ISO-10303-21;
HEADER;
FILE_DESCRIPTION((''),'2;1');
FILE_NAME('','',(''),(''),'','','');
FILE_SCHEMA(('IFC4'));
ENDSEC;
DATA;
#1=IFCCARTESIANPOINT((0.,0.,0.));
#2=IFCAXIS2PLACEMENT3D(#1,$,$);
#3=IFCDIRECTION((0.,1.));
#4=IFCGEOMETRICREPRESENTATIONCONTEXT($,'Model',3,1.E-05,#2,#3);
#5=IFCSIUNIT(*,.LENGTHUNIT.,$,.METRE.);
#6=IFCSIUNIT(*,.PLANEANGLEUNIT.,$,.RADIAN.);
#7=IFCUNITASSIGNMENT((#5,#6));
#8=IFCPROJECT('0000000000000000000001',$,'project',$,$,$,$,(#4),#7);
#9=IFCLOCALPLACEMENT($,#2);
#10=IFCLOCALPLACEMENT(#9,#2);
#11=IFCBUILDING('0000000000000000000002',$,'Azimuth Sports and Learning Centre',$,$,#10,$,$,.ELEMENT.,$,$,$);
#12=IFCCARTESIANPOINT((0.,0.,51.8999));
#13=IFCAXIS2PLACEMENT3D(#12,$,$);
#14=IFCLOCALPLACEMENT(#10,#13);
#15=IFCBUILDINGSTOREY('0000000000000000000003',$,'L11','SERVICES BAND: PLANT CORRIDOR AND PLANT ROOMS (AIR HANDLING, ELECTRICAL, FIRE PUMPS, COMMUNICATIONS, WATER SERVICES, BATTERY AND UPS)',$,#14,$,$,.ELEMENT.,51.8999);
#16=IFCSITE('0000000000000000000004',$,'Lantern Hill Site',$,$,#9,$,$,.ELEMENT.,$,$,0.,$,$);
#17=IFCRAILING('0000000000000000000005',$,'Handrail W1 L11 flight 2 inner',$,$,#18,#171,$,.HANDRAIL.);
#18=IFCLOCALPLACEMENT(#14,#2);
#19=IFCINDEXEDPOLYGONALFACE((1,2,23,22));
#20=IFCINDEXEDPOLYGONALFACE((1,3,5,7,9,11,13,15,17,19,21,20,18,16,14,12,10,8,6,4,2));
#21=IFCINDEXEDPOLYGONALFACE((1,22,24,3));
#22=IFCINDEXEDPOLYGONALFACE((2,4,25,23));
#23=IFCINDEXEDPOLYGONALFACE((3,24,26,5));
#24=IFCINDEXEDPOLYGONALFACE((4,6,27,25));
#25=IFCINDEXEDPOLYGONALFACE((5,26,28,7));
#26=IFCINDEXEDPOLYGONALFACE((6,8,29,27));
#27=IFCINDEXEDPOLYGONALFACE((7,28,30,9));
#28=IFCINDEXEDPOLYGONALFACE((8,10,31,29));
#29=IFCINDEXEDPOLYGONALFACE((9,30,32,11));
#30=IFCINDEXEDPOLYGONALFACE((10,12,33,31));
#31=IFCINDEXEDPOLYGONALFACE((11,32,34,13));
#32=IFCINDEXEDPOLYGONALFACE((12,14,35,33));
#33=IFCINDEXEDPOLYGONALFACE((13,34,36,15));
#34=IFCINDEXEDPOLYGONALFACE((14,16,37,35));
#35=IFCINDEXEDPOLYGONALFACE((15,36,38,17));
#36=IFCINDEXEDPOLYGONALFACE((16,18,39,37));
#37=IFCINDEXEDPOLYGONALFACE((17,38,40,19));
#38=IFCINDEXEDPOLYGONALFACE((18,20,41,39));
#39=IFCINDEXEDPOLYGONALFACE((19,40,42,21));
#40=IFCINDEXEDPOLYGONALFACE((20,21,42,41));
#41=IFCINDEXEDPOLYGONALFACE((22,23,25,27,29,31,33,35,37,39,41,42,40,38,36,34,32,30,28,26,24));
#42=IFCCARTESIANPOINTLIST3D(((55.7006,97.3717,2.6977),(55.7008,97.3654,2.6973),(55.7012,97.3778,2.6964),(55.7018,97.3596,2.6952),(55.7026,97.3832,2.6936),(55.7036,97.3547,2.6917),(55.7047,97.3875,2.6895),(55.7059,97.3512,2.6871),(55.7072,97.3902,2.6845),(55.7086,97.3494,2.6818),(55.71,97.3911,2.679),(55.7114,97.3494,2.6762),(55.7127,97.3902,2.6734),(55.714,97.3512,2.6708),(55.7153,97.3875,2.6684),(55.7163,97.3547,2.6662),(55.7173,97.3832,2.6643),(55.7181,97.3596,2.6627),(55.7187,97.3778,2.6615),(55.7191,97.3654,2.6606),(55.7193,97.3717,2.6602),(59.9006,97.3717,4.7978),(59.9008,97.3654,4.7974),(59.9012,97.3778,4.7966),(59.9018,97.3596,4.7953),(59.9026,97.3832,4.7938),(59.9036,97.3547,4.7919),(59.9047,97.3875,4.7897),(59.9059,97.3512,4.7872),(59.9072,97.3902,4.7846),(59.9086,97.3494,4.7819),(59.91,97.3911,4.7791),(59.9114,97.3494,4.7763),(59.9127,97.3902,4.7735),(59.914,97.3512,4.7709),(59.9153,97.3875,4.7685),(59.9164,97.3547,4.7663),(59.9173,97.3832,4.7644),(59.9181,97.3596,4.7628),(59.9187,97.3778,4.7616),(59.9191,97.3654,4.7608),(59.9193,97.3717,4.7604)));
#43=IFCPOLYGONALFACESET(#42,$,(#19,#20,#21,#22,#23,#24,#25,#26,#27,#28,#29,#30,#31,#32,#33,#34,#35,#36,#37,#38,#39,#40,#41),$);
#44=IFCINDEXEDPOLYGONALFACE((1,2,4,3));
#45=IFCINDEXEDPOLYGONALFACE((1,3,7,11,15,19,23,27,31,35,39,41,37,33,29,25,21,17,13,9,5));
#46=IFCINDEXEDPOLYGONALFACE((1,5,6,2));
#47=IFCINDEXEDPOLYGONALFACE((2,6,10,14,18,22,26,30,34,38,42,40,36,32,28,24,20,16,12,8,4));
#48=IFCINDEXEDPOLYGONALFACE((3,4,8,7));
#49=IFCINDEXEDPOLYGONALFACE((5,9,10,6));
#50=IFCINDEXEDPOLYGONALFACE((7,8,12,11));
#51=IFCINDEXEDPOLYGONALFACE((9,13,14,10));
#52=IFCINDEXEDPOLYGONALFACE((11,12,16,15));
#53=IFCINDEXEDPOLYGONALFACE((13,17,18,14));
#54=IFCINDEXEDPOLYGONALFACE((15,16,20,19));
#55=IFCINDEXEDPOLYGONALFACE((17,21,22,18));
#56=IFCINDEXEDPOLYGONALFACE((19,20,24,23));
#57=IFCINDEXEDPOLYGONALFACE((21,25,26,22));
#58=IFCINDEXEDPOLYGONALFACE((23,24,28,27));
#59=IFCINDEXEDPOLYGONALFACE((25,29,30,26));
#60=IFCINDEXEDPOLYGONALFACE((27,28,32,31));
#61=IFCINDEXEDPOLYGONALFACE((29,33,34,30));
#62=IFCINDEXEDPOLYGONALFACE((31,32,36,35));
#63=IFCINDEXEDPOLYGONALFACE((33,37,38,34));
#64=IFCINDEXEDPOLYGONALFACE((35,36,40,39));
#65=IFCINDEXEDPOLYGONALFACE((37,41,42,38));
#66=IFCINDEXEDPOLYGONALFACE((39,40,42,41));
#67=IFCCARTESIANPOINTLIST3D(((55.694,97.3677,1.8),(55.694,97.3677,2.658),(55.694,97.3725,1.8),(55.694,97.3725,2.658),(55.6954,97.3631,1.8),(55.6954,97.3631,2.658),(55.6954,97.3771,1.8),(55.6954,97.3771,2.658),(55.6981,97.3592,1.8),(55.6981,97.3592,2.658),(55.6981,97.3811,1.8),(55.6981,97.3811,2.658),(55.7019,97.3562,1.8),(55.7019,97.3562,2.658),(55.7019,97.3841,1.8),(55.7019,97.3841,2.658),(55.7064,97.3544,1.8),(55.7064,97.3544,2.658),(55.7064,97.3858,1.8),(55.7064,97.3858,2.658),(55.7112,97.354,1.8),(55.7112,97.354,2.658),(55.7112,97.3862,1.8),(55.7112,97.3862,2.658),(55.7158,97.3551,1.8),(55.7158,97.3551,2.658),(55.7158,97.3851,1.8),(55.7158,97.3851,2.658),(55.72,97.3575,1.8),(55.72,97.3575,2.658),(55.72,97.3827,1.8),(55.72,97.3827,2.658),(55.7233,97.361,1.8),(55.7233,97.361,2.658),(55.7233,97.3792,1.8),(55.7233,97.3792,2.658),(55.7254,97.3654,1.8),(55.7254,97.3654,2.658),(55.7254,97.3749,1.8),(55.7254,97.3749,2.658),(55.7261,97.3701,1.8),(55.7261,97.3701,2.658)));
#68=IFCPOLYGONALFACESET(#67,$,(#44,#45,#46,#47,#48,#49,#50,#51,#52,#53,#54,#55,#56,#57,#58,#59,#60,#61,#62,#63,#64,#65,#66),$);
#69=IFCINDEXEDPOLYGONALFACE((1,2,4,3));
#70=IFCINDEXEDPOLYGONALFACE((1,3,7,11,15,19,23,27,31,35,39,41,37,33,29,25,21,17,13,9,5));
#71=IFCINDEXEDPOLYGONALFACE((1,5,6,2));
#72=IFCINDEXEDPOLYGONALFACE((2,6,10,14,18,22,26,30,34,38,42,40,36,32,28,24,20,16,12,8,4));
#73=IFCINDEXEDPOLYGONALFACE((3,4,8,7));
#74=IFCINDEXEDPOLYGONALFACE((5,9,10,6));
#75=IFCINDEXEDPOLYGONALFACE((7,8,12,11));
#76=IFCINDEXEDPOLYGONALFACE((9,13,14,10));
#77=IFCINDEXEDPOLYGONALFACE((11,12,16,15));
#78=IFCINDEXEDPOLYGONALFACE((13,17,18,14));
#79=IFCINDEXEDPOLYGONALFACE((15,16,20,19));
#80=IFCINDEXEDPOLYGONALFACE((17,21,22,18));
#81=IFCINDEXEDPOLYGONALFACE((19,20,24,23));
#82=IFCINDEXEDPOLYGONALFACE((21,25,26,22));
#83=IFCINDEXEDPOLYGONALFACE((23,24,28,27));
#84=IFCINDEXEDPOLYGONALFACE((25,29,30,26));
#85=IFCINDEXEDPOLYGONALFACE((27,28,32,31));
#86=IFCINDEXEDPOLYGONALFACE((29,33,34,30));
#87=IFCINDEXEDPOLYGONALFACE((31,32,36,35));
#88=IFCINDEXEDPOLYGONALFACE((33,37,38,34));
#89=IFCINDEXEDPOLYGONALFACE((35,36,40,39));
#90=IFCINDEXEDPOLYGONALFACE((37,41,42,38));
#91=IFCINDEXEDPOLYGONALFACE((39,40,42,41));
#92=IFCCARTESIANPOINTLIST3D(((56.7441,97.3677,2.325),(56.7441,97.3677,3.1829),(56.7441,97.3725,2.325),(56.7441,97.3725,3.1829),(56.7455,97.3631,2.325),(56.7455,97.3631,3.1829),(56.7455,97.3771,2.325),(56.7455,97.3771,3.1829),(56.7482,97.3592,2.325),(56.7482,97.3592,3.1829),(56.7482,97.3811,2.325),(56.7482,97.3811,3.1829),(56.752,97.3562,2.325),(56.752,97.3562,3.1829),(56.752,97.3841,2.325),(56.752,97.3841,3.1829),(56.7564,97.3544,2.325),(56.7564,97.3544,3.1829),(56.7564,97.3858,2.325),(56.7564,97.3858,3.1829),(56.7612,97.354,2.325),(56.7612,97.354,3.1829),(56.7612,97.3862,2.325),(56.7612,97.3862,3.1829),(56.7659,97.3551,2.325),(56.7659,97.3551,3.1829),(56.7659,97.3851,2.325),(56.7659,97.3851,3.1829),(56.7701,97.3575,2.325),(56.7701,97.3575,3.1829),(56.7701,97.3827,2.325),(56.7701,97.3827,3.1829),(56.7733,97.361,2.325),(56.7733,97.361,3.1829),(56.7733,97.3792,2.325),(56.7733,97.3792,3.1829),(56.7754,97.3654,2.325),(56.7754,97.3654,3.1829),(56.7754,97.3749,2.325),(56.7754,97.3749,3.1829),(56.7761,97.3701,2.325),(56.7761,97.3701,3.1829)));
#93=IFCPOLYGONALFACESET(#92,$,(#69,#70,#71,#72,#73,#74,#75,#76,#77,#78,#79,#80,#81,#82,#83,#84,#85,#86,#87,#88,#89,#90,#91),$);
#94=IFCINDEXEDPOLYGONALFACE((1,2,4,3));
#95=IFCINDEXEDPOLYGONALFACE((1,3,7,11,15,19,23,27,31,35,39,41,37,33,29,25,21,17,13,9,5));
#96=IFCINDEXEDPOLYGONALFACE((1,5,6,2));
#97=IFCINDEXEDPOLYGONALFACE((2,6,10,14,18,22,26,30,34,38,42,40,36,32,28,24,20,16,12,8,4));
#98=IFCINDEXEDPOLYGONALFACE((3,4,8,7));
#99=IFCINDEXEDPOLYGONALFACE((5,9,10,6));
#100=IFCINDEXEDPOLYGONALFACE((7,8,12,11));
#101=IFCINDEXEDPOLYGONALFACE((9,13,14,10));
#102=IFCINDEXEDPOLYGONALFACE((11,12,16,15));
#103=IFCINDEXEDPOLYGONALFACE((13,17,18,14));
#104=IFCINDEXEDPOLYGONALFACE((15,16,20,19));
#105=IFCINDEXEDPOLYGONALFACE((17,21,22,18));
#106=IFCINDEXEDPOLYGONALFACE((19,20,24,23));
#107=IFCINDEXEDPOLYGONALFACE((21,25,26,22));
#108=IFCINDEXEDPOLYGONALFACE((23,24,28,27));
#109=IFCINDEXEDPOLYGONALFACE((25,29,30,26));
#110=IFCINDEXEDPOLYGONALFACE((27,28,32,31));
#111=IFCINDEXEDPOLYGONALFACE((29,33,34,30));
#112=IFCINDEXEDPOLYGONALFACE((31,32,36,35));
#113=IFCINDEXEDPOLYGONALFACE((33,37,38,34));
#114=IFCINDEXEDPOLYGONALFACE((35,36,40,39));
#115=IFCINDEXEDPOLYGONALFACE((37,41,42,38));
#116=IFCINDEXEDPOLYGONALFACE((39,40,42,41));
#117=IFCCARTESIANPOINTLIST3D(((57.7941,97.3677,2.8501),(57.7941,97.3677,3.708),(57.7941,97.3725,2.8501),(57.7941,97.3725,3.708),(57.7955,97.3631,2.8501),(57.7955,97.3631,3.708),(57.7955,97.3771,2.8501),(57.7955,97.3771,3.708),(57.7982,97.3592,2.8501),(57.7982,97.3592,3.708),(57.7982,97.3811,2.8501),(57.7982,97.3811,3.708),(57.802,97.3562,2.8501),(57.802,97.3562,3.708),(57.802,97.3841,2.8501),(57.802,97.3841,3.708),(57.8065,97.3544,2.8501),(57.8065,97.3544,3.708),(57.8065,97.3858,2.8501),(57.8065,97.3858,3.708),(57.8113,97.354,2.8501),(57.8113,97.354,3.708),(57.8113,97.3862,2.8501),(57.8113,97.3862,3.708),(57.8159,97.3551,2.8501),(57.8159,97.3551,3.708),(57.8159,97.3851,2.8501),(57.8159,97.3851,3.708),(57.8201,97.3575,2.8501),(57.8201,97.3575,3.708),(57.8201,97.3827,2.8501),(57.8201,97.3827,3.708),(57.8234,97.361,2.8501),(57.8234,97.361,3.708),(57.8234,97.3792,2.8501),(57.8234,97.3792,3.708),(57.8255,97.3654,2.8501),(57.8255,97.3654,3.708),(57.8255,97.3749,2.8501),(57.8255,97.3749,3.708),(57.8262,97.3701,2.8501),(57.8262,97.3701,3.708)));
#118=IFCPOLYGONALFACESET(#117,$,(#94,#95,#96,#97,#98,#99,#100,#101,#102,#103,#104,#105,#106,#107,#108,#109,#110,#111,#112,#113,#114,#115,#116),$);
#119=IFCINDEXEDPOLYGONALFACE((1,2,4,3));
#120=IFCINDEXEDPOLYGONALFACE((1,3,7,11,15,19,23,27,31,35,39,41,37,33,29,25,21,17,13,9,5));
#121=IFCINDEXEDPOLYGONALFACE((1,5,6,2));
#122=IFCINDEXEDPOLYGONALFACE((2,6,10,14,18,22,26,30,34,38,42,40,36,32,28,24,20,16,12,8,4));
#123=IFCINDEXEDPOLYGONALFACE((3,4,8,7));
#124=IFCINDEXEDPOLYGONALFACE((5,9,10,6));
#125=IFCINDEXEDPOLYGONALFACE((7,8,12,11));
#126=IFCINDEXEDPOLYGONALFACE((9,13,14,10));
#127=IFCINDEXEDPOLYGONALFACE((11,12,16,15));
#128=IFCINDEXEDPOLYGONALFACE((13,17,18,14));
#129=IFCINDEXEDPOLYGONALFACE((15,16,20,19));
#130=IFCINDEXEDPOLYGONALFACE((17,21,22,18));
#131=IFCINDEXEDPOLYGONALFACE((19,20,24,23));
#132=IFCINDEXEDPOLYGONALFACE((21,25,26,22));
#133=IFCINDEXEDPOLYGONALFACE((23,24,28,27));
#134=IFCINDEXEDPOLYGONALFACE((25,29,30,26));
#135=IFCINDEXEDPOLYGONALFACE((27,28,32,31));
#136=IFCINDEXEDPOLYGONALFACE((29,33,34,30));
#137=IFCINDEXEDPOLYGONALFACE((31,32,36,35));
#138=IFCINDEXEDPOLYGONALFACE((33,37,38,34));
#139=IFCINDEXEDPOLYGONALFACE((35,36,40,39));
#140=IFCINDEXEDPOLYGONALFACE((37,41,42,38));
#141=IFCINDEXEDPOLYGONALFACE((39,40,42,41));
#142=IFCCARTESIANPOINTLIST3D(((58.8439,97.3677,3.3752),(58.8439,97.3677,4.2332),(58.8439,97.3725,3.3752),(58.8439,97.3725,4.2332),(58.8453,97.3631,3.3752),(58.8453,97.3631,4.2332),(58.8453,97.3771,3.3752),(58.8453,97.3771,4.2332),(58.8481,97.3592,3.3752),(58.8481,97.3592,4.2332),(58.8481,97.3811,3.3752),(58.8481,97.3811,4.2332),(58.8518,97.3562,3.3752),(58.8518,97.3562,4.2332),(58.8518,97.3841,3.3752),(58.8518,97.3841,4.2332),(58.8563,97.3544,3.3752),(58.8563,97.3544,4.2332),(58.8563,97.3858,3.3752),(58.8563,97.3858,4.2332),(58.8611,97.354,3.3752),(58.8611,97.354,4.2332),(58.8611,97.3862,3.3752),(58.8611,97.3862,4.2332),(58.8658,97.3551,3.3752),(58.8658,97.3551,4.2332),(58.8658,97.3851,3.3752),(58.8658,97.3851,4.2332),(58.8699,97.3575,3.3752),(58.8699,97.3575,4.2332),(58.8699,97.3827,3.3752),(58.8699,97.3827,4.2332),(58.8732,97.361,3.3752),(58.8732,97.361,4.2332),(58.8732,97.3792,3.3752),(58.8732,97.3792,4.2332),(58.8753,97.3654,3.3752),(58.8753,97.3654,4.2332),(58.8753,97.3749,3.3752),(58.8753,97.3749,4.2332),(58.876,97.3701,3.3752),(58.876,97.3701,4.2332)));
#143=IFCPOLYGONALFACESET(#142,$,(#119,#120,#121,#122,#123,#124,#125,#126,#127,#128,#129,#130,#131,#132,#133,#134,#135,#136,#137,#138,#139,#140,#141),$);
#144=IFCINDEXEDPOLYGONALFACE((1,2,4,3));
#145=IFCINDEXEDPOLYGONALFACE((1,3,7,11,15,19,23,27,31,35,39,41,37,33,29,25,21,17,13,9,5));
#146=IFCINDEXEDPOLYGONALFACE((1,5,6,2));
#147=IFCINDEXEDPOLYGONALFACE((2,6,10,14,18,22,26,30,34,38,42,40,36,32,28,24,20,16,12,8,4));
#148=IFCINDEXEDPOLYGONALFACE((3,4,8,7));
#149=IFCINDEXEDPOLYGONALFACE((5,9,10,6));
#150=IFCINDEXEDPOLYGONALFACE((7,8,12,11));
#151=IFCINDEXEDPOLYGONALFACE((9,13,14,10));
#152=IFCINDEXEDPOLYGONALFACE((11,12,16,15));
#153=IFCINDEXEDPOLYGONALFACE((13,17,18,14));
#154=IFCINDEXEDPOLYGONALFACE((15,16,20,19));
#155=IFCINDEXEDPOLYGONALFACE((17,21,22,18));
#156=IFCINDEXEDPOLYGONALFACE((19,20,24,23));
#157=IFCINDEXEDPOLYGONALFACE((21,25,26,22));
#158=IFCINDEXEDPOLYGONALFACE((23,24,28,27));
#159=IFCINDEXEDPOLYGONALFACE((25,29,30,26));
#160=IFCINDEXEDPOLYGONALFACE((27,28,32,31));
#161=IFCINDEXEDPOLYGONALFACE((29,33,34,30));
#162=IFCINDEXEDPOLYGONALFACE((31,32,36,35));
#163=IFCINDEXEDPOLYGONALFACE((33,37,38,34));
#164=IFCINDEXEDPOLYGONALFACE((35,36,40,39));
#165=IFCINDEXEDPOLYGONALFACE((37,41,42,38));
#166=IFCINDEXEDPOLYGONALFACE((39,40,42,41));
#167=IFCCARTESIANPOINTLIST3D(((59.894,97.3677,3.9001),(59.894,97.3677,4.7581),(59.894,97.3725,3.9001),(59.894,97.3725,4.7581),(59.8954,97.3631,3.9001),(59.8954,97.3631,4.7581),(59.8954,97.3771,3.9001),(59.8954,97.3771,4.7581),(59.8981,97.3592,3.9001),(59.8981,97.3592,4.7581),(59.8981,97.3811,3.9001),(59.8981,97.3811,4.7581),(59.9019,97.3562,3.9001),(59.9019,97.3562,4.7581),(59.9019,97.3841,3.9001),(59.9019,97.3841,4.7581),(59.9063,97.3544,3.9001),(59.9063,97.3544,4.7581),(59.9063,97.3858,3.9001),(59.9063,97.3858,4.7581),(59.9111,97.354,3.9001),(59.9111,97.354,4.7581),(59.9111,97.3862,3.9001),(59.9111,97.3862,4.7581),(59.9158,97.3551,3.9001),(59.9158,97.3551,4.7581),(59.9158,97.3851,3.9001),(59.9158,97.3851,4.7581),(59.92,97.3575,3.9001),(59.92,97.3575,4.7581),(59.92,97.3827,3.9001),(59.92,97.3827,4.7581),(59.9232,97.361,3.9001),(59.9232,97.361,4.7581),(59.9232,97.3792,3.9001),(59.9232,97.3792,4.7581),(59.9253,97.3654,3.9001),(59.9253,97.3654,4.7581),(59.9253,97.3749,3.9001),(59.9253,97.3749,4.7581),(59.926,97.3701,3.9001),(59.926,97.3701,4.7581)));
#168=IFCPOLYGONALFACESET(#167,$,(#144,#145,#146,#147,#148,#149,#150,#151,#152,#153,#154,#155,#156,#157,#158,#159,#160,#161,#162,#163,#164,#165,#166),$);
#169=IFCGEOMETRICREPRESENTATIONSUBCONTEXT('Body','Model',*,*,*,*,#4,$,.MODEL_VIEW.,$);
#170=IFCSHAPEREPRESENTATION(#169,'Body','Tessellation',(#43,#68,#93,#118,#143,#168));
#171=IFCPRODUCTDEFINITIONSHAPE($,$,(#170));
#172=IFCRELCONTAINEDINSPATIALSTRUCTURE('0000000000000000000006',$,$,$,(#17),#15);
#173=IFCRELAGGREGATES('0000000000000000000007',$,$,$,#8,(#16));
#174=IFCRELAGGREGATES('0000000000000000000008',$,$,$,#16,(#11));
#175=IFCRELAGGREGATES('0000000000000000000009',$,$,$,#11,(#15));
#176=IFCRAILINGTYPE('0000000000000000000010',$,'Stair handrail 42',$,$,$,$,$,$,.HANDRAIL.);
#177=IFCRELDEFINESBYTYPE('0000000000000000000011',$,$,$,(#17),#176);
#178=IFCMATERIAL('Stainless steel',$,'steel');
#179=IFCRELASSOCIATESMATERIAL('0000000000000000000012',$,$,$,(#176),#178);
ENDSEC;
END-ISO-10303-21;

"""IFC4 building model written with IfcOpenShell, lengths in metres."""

from ifc_helpers import new_model, si_unit, direction, frame, origin, origin_2d, place, context, subcontext, project, spatial, circle, extrude, material, type_object, element, save


model = new_model("IFC4")

# Units and contexts
model_context = context("Model", 3, precision=1e-05, world=origin(), true_north=direction((0.0, 1.0)))
body_context = subcontext(model_context, "Body", "Model", "MODEL_VIEW")
ifc_project = project(units=[si_unit("LENGTHUNIT", "METRE"), si_unit("PLANEANGLEUNIT", "RADIAN")], contexts=[model_context])

# Site, building, storey
site_placement = place(None, origin())
site = spatial("IfcSite", under=ifc_project, at=site_placement, Name="Lantern Hill Site", CompositionType="ELEMENT", RefElevation=0.0)
building_placement = place(site_placement, origin())
building = spatial("IfcBuilding", under=site, at=building_placement, Name="Azimuth Sports and Learning Centre", CompositionType="ELEMENT")
storey_placement = place(building_placement, frame((0.0, 0.0, 51.8999)))
storey = spatial("IfcBuildingStorey", under=building, at=storey_placement, Name="L11", Description="SERVICES BAND: PLANT CORRIDOR AND PLANT ROOMS (AIR HANDLING, ELECTRICAL, FIRE PUMPS, COMMUNICATIONS, WATER SERVICES, BATTERY AND UPS)", CompositionType="ELEMENT", Elevation=51.8999)

# Railing
ifc_material_1 = material(Name="Stainless steel", Category="steel")
railing_type_1 = type_object("IfcRailingType", Name="Stair handrail 42", PredefinedType="HANDRAIL", material=ifc_material_1)
for number, where, name in (
    (1, (55.71, 97.3701, 1.8), "Handrail W1 L11 flight 2 inner"),
):
    element("IfcRailing", number, at=place(storey_placement, frame(where)), inside=storey, type_object=railing_type_1, Name=name, PredefinedType="HANDRAIL", context=body_context, shape_type="SweptSolid", body=[
        extrude(circle(Radius=0.021, at=origin_2d()), frame((0.0, 0.0, 0.8789), z_axis=(0.894417, 0.0, 0.447234), x_axis=(0.0, 1.0, 0.0)), (0.0, 0.0, 1.0), 4.6958),
        extrude(circle(Radius=0.0161, at=origin_2d()), origin(), (0.0, 0.0, 1.0), 0.8579),
        extrude(circle(Radius=0.0161, at=origin_2d()), frame((1.05, 0.0, 0.5249)), (0.0, 0.0, 1.0), 0.8579),
        extrude(circle(Radius=0.0161, at=origin_2d()), frame((2.1001, 0.0, 1.05)), (0.0, 0.0, 1.0), 0.8579),
        extrude(circle(Radius=0.0161, at=origin_2d()), frame((3.1499, 0.0, 1.5752)), (0.0, 0.0, 1.0), 0.8579),
        extrude(circle(Radius=0.0161, at=origin_2d()), frame((4.2, 0.0, 2.1001)), (0.0, 0.0, 1.0), 0.8579),
    ])

save(model, "model.ifc")
